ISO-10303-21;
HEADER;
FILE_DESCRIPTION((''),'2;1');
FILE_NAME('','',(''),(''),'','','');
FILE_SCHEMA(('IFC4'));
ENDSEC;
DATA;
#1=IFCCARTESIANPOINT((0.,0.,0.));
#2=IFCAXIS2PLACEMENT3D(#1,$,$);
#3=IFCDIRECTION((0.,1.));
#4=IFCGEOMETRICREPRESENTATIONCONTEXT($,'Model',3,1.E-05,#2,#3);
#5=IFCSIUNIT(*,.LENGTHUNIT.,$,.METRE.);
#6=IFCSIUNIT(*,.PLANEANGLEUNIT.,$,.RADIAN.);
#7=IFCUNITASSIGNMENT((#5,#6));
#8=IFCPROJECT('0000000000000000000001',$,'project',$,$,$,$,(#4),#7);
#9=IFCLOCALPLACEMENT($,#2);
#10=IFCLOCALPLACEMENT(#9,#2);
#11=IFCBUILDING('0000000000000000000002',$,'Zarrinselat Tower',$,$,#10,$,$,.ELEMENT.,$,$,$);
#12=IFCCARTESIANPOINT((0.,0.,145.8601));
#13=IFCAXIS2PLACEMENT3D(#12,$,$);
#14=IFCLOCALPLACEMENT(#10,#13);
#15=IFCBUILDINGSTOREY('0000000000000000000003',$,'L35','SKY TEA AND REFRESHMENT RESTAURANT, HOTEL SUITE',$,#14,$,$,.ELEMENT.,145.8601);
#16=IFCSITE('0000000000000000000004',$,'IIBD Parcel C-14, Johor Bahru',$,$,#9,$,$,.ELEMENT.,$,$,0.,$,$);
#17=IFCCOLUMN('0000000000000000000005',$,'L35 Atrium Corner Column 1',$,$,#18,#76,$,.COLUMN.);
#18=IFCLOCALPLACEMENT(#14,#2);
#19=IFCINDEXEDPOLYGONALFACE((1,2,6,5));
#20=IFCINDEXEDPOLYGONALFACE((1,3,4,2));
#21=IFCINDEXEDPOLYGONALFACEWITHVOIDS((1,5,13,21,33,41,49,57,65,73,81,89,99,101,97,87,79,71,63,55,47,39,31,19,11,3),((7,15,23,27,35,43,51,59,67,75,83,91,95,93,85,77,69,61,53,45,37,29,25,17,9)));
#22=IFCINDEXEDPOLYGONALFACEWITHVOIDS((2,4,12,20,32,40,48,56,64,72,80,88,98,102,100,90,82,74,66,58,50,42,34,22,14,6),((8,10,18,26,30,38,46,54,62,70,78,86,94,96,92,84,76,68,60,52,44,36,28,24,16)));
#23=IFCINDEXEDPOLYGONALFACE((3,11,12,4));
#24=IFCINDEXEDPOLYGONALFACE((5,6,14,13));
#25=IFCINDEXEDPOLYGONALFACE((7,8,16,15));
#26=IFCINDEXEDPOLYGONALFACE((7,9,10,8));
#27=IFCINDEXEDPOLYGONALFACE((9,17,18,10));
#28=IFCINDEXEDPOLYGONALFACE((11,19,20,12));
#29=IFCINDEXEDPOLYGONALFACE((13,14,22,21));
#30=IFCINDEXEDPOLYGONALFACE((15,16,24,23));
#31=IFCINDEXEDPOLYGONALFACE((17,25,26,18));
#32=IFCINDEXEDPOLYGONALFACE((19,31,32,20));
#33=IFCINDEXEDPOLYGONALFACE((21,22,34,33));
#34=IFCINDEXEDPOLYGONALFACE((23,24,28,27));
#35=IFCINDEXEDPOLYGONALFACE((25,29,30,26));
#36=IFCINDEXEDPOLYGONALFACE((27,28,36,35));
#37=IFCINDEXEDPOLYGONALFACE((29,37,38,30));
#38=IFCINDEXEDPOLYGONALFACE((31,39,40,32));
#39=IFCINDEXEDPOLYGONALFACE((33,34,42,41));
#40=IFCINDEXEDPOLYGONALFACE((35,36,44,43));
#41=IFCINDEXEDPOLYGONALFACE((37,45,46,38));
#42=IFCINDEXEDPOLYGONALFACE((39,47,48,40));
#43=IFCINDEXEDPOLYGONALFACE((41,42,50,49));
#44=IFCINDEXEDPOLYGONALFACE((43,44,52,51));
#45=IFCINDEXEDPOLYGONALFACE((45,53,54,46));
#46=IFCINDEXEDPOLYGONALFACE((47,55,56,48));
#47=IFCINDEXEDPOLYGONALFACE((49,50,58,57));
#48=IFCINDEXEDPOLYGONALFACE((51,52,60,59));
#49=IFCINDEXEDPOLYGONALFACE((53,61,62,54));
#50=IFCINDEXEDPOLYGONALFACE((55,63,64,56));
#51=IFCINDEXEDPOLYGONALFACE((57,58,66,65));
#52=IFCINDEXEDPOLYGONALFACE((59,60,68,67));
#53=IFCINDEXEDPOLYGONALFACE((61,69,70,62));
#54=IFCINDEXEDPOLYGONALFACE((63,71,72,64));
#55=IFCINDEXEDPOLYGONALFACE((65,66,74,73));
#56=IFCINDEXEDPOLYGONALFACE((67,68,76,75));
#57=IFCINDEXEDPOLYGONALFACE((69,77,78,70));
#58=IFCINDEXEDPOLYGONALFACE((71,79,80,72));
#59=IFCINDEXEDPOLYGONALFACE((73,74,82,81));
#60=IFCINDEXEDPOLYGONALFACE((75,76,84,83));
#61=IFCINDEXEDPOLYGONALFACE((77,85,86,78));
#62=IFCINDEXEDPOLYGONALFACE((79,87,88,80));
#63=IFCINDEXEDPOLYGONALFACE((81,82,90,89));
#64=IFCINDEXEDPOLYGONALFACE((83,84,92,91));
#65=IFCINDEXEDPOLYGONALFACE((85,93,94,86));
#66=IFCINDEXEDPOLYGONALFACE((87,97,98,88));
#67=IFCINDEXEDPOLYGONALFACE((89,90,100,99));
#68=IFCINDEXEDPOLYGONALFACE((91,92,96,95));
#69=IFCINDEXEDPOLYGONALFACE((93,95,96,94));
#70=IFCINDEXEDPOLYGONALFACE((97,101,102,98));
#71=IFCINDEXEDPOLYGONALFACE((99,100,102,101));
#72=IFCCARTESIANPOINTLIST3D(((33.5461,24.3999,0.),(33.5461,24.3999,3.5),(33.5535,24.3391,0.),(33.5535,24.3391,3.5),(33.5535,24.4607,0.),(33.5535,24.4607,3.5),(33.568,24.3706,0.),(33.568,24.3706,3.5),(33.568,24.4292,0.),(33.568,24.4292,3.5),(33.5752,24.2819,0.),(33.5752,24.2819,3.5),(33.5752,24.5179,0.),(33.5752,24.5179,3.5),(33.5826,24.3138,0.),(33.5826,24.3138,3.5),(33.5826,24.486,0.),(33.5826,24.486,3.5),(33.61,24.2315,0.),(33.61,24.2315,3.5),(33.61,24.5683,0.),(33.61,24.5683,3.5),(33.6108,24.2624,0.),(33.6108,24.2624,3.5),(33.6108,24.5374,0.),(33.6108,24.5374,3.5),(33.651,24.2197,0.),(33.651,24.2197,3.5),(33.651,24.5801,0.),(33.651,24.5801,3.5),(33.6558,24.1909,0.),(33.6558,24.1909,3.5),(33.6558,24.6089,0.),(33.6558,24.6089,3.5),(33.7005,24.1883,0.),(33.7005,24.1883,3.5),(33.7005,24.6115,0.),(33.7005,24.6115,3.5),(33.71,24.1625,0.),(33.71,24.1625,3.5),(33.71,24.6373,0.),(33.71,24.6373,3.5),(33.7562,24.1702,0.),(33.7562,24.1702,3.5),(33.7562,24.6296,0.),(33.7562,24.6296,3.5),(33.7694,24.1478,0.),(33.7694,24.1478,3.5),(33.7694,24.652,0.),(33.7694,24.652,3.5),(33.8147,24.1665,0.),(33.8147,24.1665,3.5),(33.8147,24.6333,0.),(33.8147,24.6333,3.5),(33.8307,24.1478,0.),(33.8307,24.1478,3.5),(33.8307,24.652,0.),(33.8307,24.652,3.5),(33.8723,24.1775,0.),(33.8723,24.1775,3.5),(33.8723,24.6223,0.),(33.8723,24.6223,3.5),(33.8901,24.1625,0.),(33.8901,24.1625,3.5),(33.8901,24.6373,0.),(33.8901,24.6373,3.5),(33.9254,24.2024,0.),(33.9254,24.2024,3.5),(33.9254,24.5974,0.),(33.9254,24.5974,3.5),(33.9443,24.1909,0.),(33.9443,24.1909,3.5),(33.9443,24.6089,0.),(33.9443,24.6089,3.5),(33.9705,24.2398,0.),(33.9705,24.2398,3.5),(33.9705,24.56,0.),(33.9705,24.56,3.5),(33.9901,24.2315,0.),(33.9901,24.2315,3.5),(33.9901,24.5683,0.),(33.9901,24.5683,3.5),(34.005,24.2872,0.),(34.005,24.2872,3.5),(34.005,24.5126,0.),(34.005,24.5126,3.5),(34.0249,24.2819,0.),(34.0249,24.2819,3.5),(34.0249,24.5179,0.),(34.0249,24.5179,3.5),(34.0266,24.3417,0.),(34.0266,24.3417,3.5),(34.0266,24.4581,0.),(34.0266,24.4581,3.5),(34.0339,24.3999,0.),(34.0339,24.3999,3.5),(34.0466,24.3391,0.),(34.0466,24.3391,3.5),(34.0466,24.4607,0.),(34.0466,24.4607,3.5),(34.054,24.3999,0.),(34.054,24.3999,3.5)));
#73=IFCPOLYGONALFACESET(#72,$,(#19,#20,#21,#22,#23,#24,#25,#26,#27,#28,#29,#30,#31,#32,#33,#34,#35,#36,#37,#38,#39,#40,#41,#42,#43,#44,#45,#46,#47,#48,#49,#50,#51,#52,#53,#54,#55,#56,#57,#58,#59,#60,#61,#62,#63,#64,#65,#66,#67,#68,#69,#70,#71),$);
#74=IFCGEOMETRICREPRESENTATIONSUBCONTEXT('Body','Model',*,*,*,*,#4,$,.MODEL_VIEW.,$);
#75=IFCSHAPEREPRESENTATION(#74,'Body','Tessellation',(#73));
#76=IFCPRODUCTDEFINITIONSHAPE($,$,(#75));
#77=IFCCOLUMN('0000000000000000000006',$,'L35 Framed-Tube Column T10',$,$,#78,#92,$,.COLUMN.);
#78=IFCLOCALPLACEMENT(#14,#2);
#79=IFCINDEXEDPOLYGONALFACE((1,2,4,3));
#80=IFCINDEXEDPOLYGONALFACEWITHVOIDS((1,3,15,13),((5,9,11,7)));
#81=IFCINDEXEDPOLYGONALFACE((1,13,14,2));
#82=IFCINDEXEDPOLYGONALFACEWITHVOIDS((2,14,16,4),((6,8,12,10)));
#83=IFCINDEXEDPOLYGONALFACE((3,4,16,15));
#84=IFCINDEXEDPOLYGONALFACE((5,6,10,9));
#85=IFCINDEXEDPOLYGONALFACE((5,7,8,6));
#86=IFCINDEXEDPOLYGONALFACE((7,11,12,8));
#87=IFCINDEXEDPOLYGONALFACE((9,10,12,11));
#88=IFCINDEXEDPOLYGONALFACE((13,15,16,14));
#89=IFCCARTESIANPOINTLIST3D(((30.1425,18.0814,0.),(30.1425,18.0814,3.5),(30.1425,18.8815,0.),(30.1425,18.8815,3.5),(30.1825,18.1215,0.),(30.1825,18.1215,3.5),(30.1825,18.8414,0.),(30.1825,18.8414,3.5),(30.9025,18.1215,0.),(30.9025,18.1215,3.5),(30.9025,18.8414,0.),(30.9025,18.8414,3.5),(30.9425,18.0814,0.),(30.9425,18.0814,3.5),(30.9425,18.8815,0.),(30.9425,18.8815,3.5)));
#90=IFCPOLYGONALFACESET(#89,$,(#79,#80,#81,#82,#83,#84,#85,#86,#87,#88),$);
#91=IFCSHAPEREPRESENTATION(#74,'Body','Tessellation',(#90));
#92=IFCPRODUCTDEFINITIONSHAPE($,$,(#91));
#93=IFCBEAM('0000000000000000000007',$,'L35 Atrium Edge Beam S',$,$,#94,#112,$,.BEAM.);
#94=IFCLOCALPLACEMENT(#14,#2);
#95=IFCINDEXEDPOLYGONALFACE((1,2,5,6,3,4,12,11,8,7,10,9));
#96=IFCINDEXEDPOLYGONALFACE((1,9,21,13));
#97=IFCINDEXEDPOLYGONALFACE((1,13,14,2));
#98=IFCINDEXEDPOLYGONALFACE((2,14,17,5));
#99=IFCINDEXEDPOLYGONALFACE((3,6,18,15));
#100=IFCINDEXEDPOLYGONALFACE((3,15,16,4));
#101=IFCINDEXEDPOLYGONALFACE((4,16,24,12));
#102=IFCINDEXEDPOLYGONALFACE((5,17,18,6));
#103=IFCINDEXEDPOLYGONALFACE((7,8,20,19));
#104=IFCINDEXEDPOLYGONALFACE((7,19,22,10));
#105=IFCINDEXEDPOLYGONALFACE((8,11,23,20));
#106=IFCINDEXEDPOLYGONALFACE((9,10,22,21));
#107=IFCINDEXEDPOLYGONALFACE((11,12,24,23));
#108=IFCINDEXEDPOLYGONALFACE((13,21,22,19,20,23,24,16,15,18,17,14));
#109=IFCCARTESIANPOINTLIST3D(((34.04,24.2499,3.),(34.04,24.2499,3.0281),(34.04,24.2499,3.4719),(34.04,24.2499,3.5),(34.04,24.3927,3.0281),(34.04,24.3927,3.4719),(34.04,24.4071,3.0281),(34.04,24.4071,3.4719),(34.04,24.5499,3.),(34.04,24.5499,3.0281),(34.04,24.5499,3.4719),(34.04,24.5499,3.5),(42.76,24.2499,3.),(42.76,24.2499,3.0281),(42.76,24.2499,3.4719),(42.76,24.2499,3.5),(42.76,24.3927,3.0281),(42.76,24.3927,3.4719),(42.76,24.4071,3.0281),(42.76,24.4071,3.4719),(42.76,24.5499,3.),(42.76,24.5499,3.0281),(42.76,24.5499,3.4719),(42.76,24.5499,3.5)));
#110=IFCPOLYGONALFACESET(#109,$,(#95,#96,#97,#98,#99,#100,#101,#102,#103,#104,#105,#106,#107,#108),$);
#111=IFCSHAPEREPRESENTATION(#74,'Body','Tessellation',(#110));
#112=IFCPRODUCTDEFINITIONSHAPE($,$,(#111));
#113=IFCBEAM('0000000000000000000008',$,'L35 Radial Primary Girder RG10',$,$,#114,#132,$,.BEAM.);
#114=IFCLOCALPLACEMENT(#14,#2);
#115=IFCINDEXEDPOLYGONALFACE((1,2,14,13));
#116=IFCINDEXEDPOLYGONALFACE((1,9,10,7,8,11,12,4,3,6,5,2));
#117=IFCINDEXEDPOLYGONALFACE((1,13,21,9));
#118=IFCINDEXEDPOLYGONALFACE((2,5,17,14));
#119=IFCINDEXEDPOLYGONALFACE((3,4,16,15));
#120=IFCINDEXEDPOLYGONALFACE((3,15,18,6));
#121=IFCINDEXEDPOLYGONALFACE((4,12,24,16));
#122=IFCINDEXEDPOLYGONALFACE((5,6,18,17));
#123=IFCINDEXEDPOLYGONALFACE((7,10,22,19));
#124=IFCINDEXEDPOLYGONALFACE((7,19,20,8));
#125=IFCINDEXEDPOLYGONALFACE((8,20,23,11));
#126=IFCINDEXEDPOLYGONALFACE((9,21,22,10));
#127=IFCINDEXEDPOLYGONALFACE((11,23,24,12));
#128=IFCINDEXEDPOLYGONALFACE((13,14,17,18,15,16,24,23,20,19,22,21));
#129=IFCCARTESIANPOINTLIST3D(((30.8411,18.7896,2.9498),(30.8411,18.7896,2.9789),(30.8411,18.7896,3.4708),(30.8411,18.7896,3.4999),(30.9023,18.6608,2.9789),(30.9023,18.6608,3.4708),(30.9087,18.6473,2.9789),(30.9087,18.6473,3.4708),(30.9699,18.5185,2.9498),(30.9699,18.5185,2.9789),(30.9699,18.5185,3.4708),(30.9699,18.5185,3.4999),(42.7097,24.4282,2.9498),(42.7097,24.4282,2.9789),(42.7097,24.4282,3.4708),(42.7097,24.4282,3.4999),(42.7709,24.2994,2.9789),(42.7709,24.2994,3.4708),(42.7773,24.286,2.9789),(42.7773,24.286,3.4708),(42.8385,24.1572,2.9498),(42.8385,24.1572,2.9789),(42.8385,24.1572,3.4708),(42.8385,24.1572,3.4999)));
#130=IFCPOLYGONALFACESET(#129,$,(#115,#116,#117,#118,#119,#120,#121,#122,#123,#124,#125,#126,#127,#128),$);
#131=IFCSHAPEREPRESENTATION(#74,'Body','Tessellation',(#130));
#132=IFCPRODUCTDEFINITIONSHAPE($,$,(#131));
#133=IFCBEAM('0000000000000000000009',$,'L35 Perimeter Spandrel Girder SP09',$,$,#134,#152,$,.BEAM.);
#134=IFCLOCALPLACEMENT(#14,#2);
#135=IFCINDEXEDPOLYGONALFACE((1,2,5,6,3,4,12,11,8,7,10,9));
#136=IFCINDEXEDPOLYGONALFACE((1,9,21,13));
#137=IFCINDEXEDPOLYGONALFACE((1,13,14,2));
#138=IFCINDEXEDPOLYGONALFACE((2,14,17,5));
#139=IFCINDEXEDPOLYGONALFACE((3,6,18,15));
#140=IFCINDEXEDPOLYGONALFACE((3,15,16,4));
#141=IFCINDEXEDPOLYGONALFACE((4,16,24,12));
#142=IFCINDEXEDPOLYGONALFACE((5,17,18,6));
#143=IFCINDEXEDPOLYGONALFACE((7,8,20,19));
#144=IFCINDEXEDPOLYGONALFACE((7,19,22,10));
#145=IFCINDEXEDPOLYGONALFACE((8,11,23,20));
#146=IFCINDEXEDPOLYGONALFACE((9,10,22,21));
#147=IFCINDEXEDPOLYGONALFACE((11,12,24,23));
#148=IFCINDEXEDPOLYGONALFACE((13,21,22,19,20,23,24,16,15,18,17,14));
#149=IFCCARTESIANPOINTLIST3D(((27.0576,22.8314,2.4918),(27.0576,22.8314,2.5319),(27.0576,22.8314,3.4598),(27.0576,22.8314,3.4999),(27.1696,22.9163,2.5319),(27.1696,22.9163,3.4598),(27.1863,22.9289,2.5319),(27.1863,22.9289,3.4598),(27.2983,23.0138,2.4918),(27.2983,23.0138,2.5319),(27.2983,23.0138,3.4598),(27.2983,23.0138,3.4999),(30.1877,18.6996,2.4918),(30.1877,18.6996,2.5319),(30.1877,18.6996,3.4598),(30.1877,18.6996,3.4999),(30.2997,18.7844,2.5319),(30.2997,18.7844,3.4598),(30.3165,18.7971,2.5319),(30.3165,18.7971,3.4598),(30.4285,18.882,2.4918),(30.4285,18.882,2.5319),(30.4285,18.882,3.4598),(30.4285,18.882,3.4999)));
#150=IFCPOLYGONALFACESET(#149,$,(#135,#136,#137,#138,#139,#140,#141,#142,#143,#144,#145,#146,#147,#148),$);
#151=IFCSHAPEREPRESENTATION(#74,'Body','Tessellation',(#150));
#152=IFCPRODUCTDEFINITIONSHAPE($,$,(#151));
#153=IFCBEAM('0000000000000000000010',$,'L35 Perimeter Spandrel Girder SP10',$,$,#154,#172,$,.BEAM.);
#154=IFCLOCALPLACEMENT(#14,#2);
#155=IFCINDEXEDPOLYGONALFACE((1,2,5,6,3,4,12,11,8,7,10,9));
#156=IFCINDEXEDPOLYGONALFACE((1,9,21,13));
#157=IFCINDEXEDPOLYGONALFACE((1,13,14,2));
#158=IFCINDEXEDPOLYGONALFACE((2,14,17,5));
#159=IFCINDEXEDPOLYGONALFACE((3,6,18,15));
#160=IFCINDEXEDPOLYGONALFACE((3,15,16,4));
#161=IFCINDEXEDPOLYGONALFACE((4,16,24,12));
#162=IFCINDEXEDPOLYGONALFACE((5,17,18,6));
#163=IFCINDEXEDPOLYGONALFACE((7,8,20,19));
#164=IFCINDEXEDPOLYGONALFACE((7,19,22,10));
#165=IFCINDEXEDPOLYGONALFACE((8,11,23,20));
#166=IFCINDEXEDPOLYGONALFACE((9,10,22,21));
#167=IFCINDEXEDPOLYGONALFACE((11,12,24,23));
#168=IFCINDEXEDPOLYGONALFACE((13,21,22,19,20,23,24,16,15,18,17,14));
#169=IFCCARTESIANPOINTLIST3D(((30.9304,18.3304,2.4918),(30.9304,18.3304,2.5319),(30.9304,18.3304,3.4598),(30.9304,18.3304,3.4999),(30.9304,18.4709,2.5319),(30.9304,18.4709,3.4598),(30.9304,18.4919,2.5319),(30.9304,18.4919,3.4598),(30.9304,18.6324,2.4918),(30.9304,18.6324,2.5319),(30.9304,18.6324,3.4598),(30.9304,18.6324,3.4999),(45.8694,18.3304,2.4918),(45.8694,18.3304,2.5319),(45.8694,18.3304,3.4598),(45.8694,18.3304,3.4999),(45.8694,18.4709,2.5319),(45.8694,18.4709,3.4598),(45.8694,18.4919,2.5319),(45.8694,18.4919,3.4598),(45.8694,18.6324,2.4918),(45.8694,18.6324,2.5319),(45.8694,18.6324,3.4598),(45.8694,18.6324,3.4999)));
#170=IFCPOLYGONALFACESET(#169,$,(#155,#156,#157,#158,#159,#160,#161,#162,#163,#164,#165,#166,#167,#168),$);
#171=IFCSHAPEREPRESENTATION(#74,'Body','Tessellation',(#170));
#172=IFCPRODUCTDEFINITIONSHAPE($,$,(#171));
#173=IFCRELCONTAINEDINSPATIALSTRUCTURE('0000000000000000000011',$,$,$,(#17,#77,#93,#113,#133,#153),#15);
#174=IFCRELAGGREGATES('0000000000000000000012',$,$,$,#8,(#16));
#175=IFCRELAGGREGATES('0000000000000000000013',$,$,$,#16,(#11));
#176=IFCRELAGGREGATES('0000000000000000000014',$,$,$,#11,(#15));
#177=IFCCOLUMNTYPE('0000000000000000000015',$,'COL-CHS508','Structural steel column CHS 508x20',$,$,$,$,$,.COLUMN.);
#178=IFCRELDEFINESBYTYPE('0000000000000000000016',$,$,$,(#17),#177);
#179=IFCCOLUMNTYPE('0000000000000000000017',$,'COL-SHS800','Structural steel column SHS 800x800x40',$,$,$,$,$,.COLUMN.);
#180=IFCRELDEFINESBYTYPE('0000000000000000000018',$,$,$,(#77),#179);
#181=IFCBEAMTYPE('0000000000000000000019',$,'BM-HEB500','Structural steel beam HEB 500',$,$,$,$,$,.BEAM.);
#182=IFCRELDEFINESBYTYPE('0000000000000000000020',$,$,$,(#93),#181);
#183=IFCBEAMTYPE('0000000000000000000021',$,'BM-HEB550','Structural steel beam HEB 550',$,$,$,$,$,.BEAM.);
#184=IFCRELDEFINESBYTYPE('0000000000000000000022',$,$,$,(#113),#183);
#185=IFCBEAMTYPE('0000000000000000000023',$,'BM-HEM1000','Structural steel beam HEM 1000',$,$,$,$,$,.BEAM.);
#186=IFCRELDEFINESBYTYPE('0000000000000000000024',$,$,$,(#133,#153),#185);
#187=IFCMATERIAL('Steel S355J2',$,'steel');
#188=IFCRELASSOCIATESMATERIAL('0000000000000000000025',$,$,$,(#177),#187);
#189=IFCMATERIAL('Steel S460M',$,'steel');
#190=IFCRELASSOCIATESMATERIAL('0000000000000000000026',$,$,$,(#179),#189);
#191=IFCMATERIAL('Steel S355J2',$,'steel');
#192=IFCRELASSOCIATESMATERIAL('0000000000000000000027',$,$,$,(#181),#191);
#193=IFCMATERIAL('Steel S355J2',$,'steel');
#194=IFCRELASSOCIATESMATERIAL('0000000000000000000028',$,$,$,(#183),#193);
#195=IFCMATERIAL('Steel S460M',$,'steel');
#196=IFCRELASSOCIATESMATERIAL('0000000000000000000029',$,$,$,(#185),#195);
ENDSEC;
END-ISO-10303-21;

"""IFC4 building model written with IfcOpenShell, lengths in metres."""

from ifc_helpers import new_model, si_unit, direction, frame, origin, origin_2d, place, context, subcontext, project, spatial, hollow_rectangle, hollow_circle, i_section, extrude, material, material_profile, profile_set, type_object, element, save


model = new_model("IFC4")

# Units and contexts
model_context = context("Model", 3, precision=1e-05, world=origin(), true_north=direction((0.0, 1.0)))
body_context = subcontext(model_context, "Body", "Model", "MODEL_VIEW")
ifc_project = project(units=[si_unit("LENGTHUNIT", "METRE"), si_unit("PLANEANGLEUNIT", "RADIAN")], contexts=[model_context])

# Site, building, storey
site_placement = place(None, origin())
site = spatial("IfcSite", under=ifc_project, at=site_placement, Name="IIBD Parcel C-14, Johor Bahru", CompositionType="ELEMENT", RefElevation=0.0)
building_placement = place(site_placement, origin())
building = spatial("IfcBuilding", under=site, at=building_placement, Name="Zarrinselat Tower", CompositionType="ELEMENT")
storey_placement = place(building_placement, frame((0.0, 0.0, 145.8601)))
storey = spatial("IfcBuildingStorey", under=building, at=storey_placement, Name="L35", Description="SKY TEA AND REFRESHMENT RESTAURANT, HOTEL SUITE", CompositionType="ELEMENT", Elevation=145.8601)

# Columns
ifc_material_1 = material(Name="Steel S355J2", Category="steel")
ifc_material_profile_1 = material_profile(ifc_material_1, hollow_circle(Radius=0.2539, WallThickness=0.02, at=origin_2d()), Name="CHS 508x20")
ifc_profile_set_1 = profile_set([ifc_material_profile_1], Name="Steel S355J2")
column_type_1 = type_object("IfcColumnType", Name="COL-CHS508", Description="Structural steel column CHS 508x20", PredefinedType="COLUMN", material=ifc_profile_set_1)
column_1_placement = place(storey_placement, frame((33.8, 24.3999, 0.0), z_axis=(0.0, 0.0, 1.0), x_axis=(1.0, 0.0, 0.0)))
element("IfcColumn", 1, at=column_1_placement, inside=storey, type_object=column_type_1, Name="L35 Atrium Corner Column 1", PredefinedType="COLUMN", context=body_context, shape_type="SweptSolid", body=[
    extrude(hollow_circle(Radius=0.2539, WallThickness=0.02, at=origin_2d()), origin(), (0.0, 0.0, 1.0), 3.5),
])
ifc_material_2 = material(Name="Steel S460M", Category="steel")
ifc_material_profile_2 = material_profile(ifc_material_2, hollow_rectangle(XDim=0.8, YDim=0.8, WallThickness=0.04, at=origin_2d()), Name="SHS 800x800x40")
ifc_profile_set_2 = profile_set([ifc_material_profile_2], Name="Steel S460M")
column_type_2 = type_object("IfcColumnType", Name="COL-SHS800", Description="Structural steel column SHS 800x800x40", PredefinedType="COLUMN", material=ifc_profile_set_2)
column_2_placement = place(storey_placement, frame((30.5425, 18.4814, 0.0), z_axis=(0.0, 0.0, 1.0), x_axis=(1.0, 0.0, 0.0)))
element("IfcColumn", 2, at=column_2_placement, inside=storey, type_object=column_type_2, Name="L35 Framed-Tube Column T10", PredefinedType="COLUMN", context=body_context, shape_type="SweptSolid", body=[
    extrude(hollow_rectangle(XDim=0.8, YDim=0.8, WallThickness=0.04, at=origin_2d()), origin(), (0.0, 0.0, 1.0), 3.5),
])

# Beams
ifc_material_3 = material(Name="Steel S355J2", Category="steel")
ifc_material_profile_3 = material_profile(ifc_material_3, i_section(OverallWidth=0.3, OverallDepth=0.5, WebThickness=0.0144, FlangeThickness=0.0281, at=origin_2d()), Name="HEB 500")
ifc_profile_set_3 = profile_set([ifc_material_profile_3], Name="Steel S355J2")
beam_type_1 = type_object("IfcBeamType", Name="BM-HEB500", Description="Structural steel beam HEB 500", PredefinedType="BEAM", material=ifc_profile_set_3)
beam_1_placement = place(storey_placement, frame((34.04, 24.3999, 3.25), z_axis=(1.0, 0.0, 0.0), x_axis=(0.0, 1.0, 0.0)))
element("IfcBeam", 3, at=beam_1_placement, inside=storey, type_object=beam_type_1, Name="L35 Atrium Edge Beam S", PredefinedType="BEAM", context=body_context, shape_type="SweptSolid", body=[
    extrude(i_section(OverallWidth=0.3, OverallDepth=0.5, WebThickness=0.0144, FlangeThickness=0.0281, at=origin_2d()), origin(), (0.0, 0.0, 1.0), 8.72),
])
ifc_material_4 = material(Name="Steel S355J2", Category="steel")
ifc_material_profile_4 = material_profile(ifc_material_4, i_section(OverallWidth=0.3, OverallDepth=0.55, WebThickness=0.0149, FlangeThickness=0.0291, at=origin_2d()), Name="HEB 550")
ifc_profile_set_4 = profile_set([ifc_material_profile_4], Name="Steel S355J2")
beam_type_2 = type_object("IfcBeamType", Name="BM-HEB550", Description="Structural steel beam HEB 550", PredefinedType="BEAM", material=ifc_profile_set_4)
beam_2_placement = place(storey_placement, frame((30.9055, 18.6541, 3.2249), z_axis=(0.903246, 0.429123, 0.0), x_axis=(-0.429123, 0.903246, 0.0)))
element("IfcBeam", 4, at=beam_2_placement, inside=storey, type_object=beam_type_2, Name="L35 Radial Primary Girder RG10", PredefinedType="BEAM", context=body_context, shape_type="SweptSolid", body=[
    extrude(i_section(OverallWidth=0.3, OverallDepth=0.55, WebThickness=0.0149, FlangeThickness=0.0291, at=origin_2d()), origin(), (0.0, 0.0, 1.0), 13.1399),
])
ifc_material_5 = material(Name="Steel S460M", Category="steel")
ifc_material_profile_5 = material_profile(ifc_material_5, i_section(OverallWidth=0.302, OverallDepth=1.0081, WebThickness=0.021, FlangeThickness=0.04, at=origin_2d()), Name="HEM 1000")
ifc_profile_set_5 = profile_set([ifc_material_profile_5], Name="Steel S460M")
beam_type_3 = type_object("IfcBeamType", Name="BM-HEM1000", Description="Structural steel beam HEM 1000", PredefinedType="BEAM", material=ifc_profile_set_5)
beam_3_placement = place(storey_placement, frame((27.178, 22.9226, 2.9958), z_axis=(0.603851, -0.797097, 0.0), x_axis=(0.797097, 0.603851, 0.0)))
element("IfcBeam", 5, at=beam_3_placement, inside=storey, type_object=beam_type_3, Name="L35 Perimeter Spandrel Girder SP09", PredefinedType="BEAM", context=body_context, shape_type="SweptSolid", body=[
    extrude(i_section(OverallWidth=0.302, OverallDepth=1.0081, WebThickness=0.021, FlangeThickness=0.04, at=origin_2d()), origin(), (0.0, 0.0, 1.0), 5.1836),
])
beam_4_placement = place(storey_placement, frame((30.9304, 18.4814, 2.9958), z_axis=(1.0, 0.0, 0.0), x_axis=(0.0, 1.0, 0.0)))
element("IfcBeam", 6, at=beam_4_placement, inside=storey, type_object=beam_type_3, Name="L35 Perimeter Spandrel Girder SP10", PredefinedType="BEAM", context=body_context, shape_type="SweptSolid", body=[
    extrude(i_section(OverallWidth=0.302, OverallDepth=1.0081, WebThickness=0.021, FlangeThickness=0.04, at=origin_2d()), origin(), (0.0, 0.0, 1.0), 14.939),
])

save(model, "model.ifc")
